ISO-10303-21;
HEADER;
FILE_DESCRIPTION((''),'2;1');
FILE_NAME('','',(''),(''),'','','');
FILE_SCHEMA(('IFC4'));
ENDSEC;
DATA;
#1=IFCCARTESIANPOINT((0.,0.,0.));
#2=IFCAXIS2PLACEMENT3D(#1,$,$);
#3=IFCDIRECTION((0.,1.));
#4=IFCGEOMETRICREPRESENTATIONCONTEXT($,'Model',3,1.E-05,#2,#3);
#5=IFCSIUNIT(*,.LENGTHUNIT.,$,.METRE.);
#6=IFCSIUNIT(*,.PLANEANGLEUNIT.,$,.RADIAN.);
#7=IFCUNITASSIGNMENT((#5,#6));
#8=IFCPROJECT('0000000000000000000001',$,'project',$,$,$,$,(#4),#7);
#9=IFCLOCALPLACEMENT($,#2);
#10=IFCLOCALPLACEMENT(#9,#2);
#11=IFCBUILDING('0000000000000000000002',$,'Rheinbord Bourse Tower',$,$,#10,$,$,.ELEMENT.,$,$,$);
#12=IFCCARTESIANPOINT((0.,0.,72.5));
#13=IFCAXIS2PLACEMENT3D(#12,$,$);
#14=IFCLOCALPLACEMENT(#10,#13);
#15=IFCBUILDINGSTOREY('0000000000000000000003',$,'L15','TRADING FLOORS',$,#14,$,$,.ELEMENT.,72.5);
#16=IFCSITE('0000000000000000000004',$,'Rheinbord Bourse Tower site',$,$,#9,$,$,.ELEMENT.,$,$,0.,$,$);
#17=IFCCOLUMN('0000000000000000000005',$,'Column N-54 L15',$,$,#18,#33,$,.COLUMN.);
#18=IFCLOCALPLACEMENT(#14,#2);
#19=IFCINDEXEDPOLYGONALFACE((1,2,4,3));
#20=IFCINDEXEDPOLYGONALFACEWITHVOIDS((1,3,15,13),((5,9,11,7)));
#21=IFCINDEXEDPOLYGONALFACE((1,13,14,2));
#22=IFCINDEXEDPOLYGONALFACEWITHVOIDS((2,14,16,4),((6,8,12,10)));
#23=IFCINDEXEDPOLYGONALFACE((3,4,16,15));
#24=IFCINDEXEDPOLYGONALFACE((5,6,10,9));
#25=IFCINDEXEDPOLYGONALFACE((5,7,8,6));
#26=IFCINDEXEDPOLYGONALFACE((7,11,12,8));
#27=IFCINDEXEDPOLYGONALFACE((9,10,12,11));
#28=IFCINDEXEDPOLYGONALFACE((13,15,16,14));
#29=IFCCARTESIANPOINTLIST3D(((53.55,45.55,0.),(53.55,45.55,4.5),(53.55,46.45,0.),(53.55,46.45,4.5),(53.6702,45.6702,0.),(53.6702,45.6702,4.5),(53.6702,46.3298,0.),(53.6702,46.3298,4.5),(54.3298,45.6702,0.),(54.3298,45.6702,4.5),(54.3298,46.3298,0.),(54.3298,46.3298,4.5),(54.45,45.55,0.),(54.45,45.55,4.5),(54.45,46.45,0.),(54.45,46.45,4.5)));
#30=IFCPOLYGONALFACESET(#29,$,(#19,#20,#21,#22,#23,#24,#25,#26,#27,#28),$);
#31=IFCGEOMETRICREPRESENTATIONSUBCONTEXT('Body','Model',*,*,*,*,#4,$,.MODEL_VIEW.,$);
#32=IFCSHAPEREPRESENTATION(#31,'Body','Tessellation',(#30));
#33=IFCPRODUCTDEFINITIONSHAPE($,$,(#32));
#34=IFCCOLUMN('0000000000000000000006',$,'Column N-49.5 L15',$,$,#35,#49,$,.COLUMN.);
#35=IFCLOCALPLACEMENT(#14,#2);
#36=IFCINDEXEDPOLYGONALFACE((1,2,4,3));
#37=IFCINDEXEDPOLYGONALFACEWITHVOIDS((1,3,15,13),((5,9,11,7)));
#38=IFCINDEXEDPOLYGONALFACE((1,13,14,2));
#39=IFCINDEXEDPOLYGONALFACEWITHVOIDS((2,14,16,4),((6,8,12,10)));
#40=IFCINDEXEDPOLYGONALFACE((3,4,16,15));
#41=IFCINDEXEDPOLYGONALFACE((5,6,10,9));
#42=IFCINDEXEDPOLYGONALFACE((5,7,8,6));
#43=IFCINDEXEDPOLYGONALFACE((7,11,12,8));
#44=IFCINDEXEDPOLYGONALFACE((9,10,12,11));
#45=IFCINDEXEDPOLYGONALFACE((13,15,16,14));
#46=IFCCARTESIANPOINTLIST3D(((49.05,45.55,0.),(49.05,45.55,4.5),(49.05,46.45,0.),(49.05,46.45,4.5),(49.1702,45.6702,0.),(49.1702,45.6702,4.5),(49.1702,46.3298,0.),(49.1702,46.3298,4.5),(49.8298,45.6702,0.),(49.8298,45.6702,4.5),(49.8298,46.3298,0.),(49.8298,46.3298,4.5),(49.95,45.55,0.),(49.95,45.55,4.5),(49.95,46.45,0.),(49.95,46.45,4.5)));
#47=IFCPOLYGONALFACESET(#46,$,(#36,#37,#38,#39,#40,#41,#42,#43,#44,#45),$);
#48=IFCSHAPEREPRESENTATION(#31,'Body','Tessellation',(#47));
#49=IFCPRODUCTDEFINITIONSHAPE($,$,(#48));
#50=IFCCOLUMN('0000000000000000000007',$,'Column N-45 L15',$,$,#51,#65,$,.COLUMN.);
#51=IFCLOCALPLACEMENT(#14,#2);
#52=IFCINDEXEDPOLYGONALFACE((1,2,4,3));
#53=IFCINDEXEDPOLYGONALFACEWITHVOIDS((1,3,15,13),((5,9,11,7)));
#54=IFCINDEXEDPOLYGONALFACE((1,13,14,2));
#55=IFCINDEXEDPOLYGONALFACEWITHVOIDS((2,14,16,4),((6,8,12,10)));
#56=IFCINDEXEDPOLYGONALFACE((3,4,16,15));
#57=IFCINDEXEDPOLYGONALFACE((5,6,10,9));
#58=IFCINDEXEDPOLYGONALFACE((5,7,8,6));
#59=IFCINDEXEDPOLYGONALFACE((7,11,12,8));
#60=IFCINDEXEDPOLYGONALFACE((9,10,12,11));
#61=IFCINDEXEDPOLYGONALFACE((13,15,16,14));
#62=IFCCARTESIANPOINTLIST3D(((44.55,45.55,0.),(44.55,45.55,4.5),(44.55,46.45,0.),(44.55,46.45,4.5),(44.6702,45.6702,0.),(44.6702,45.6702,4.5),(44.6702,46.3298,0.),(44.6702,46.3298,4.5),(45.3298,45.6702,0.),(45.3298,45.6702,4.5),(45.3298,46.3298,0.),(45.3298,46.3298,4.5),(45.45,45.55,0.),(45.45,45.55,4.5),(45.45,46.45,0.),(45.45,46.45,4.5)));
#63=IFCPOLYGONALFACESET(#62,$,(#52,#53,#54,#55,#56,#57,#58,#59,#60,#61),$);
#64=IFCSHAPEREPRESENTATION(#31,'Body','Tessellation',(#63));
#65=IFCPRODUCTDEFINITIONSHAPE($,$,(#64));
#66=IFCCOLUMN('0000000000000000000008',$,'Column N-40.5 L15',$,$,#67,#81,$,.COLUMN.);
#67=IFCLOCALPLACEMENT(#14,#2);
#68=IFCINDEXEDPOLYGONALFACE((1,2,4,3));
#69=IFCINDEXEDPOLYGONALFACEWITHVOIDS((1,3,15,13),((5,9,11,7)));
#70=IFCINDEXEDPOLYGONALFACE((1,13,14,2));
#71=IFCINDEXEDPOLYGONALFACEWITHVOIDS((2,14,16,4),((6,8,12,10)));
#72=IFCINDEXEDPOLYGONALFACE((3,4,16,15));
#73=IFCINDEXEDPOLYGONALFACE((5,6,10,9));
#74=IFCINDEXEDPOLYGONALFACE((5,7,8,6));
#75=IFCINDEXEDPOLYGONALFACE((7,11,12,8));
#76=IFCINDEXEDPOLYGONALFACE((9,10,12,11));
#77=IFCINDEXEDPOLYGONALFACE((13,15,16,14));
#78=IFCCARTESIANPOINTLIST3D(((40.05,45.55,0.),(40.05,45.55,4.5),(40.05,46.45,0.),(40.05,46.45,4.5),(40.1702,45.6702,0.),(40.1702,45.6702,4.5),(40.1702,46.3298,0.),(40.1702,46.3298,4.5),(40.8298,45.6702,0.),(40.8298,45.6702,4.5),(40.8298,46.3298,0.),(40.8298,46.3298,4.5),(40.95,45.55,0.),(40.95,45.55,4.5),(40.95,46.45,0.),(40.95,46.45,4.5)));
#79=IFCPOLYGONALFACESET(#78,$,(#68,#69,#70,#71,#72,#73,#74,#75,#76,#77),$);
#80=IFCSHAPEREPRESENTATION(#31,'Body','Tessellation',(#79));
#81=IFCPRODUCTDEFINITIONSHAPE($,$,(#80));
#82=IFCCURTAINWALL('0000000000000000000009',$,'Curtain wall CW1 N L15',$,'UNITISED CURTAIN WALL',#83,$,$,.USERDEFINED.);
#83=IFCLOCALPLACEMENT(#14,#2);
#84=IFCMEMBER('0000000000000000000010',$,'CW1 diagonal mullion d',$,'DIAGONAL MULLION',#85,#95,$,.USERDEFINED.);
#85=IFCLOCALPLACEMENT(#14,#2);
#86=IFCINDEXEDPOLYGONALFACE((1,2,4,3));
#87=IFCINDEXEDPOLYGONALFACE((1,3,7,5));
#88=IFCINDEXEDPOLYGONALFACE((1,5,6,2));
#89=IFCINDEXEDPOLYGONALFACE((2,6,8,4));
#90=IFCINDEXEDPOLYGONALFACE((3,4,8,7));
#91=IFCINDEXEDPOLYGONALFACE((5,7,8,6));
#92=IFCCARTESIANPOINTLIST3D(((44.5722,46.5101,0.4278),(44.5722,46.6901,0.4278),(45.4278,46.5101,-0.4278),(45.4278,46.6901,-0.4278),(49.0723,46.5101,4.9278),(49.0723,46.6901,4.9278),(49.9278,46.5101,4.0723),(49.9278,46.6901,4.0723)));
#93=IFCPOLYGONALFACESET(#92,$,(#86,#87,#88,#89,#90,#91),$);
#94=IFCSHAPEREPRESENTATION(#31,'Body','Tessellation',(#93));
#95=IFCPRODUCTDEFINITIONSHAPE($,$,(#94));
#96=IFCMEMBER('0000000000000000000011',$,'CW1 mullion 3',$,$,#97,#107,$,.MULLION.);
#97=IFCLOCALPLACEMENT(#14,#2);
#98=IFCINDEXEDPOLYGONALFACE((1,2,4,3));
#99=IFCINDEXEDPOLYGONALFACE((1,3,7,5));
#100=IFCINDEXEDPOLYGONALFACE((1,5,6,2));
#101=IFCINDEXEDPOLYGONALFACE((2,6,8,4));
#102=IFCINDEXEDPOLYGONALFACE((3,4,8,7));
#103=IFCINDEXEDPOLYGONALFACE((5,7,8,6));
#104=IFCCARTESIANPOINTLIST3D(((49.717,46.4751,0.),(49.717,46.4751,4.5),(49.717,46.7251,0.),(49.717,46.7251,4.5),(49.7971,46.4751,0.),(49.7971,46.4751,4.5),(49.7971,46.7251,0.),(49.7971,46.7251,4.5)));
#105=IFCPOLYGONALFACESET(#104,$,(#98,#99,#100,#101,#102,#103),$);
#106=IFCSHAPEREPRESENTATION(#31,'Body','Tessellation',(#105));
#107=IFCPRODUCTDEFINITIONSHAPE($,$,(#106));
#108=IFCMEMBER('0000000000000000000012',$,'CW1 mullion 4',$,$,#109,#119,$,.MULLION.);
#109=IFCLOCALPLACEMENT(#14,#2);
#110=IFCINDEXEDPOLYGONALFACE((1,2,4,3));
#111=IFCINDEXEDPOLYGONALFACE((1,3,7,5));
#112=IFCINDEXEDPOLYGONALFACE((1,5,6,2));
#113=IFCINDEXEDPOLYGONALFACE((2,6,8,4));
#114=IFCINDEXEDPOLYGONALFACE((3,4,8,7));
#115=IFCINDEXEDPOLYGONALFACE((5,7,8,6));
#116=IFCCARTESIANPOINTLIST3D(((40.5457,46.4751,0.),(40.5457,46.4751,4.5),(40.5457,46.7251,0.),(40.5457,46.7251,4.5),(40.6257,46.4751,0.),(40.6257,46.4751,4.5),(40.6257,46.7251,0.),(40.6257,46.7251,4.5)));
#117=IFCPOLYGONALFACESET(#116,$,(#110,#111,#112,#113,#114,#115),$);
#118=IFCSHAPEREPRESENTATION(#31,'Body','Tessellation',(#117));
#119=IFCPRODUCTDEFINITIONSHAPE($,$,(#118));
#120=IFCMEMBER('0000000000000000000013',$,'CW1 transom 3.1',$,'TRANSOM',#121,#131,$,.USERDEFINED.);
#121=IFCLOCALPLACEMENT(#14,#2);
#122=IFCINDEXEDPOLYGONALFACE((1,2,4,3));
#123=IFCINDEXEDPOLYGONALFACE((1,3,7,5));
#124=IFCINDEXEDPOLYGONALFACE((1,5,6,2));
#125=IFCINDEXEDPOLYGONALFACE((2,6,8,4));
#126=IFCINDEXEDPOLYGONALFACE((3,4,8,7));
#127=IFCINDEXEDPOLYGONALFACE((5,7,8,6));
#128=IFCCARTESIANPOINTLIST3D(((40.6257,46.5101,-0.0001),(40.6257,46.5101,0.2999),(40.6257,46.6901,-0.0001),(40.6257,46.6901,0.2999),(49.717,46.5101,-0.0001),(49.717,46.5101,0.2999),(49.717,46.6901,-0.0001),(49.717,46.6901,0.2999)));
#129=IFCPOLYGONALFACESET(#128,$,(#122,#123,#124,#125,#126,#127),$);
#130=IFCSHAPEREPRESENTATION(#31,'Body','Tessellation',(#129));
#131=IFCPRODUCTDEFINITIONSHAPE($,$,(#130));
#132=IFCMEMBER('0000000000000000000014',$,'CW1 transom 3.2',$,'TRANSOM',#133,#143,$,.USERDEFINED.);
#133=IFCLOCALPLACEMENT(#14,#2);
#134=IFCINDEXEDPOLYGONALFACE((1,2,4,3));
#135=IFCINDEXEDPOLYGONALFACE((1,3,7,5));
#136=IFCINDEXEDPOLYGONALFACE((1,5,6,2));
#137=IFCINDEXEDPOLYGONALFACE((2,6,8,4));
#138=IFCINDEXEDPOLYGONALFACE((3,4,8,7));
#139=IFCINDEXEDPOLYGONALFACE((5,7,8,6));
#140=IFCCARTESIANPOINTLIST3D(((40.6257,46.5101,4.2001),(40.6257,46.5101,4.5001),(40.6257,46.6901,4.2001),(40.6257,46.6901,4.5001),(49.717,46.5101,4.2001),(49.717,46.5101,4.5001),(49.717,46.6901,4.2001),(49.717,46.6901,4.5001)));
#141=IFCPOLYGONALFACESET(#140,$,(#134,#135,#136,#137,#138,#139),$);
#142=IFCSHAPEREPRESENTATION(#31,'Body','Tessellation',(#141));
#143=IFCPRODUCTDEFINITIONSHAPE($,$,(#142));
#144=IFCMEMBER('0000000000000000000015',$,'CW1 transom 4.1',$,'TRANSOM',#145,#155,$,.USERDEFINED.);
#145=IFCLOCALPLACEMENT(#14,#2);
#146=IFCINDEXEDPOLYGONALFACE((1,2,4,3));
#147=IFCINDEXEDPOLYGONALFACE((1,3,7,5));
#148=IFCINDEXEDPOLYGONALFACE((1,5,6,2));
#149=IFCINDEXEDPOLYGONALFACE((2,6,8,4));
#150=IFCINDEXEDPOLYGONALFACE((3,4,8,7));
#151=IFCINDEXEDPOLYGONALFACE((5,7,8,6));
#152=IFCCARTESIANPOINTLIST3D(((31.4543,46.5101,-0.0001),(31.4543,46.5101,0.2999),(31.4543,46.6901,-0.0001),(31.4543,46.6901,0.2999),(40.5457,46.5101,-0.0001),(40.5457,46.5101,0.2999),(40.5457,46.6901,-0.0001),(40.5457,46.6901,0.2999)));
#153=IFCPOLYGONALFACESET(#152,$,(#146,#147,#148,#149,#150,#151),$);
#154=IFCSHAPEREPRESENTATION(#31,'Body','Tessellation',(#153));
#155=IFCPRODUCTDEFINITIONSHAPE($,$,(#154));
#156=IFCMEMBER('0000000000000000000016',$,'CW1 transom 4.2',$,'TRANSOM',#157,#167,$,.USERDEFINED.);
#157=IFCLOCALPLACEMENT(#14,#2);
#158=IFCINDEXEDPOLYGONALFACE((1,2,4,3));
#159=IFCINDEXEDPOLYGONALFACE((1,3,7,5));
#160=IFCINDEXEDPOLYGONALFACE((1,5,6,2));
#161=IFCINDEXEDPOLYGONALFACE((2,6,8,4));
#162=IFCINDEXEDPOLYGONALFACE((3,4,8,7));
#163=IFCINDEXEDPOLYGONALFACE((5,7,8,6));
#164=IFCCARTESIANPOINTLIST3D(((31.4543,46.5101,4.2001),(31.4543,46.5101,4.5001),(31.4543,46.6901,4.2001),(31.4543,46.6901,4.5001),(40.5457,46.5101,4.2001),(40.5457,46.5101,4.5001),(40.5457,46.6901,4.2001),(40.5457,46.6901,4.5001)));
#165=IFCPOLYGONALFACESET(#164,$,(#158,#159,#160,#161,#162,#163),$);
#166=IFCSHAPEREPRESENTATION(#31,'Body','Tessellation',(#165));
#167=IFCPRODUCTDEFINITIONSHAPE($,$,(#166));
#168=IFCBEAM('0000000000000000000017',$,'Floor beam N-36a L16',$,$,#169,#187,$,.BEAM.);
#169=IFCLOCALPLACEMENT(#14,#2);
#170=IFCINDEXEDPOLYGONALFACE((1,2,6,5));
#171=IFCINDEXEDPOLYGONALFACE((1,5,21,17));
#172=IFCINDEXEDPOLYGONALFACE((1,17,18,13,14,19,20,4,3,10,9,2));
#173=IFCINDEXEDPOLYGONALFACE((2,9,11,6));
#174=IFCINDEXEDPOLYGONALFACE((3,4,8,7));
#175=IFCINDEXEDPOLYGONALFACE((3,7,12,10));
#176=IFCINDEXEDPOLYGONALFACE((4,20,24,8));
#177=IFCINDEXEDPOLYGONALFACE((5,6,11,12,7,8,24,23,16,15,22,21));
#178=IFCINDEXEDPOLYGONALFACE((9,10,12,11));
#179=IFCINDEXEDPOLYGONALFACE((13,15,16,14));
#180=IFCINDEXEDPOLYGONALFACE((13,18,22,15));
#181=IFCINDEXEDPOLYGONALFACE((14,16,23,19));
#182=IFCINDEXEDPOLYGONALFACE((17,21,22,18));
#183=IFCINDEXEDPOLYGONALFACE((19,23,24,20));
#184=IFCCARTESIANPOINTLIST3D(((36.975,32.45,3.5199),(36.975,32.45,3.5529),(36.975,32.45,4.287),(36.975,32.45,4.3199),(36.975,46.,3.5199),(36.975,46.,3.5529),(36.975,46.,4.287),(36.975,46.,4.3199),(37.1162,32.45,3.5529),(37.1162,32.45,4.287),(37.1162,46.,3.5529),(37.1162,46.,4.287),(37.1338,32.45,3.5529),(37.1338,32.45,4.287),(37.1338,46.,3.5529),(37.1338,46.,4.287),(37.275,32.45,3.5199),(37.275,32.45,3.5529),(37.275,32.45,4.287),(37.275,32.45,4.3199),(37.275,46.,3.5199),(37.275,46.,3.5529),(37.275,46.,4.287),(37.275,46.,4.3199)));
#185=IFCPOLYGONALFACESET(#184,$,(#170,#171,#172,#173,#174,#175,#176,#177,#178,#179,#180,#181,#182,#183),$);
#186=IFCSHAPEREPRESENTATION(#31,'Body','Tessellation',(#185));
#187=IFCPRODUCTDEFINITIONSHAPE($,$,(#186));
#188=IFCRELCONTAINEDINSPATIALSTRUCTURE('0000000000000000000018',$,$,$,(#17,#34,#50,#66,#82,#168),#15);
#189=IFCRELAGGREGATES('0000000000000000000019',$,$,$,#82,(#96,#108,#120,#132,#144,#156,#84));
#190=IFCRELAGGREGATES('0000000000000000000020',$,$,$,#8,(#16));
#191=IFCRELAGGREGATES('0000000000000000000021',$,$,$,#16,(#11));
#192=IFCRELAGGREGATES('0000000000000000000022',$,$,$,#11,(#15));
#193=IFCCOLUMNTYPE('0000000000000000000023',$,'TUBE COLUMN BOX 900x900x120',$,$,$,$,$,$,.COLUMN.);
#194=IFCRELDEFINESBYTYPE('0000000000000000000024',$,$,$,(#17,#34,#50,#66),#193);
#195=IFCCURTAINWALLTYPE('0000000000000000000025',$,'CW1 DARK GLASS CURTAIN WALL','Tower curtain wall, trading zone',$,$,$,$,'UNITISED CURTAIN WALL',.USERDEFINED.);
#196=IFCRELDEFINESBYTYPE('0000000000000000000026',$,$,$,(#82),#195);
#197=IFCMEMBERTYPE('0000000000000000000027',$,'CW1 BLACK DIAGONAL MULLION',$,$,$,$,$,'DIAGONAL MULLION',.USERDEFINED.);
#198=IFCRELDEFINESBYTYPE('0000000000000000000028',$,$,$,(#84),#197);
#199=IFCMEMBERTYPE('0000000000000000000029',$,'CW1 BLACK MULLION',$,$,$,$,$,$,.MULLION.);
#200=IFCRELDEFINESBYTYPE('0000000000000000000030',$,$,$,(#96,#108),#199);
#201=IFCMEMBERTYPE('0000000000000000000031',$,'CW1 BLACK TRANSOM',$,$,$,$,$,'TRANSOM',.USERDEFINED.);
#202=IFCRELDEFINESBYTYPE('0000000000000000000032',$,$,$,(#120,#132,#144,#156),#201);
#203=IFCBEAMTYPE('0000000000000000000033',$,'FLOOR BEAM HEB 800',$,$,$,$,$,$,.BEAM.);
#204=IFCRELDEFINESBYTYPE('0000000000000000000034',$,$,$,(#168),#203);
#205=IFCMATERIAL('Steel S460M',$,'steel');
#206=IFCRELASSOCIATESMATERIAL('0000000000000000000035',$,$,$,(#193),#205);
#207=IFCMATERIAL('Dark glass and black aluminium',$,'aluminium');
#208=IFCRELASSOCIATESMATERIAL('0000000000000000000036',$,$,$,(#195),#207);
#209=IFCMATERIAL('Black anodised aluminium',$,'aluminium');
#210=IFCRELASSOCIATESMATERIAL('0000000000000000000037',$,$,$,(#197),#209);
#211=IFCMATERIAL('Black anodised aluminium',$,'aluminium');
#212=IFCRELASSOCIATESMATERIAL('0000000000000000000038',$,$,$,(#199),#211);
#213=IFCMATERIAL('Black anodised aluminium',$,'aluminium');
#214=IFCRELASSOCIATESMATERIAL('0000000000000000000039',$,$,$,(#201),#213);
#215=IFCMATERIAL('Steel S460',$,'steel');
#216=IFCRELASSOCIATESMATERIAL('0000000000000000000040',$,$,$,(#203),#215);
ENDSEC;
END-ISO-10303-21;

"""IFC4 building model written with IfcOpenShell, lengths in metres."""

from ifc_helpers import new_model, si_unit, direction, frame, origin, origin_2d, place, context, subcontext, project, spatial, rectangle, hollow_rectangle, i_section, extrude, material, material_profile, profile_set, type_object, element, aggregate, save


model = new_model("IFC4")

# Units and contexts
model_context = context("Model", 3, precision=1e-05, world=origin(), true_north=direction((0.0, 1.0)))
body_context = subcontext(model_context, "Body", "Model", "MODEL_VIEW")
ifc_project = project(units=[si_unit("LENGTHUNIT", "METRE"), si_unit("PLANEANGLEUNIT", "RADIAN")], contexts=[model_context])

# Site, building, storey
site_placement = place(None, origin())
site = spatial("IfcSite", under=ifc_project, at=site_placement, Name="Rheinbord Bourse Tower site", CompositionType="ELEMENT", RefElevation=0.0)
building_placement = place(site_placement, origin())
building = spatial("IfcBuilding", under=site, at=building_placement, Name="Rheinbord Bourse Tower", CompositionType="ELEMENT")
storey_placement = place(building_placement, frame((0.0, 0.0, 72.5)))
storey = spatial("IfcBuildingStorey", under=building, at=storey_placement, Name="L15", Description="TRADING FLOORS", CompositionType="ELEMENT", Elevation=72.5)

# Columns
ifc_material_1 = material(Name="Steel S460M", Category="steel")
ifc_material_profile_1 = material_profile(ifc_material_1, hollow_rectangle(XDim=0.8999, YDim=0.8999, WallThickness=0.1201, at=origin_2d()), Name="BOX 900x900x120")
ifc_profile_set_1 = profile_set([ifc_material_profile_1], Name="Steel S460M")
column_type = type_object("IfcColumnType", Name="TUBE COLUMN BOX 900x900x120", PredefinedType="COLUMN", material=ifc_profile_set_1)
for number, where, z_axis, x_axis, name in (
    (1, (54.0, 46.0, 0.0), (0.0, 0.0, 1.0), (0.0, 1.0, 0.0), "Column N-54 L15"),
    (2, (49.5, 46.0, 0.0), (0.0, 0.0, 1.0), (0.0, 1.0, 0.0), "Column N-49.5 L15"),
    (3, (45.0, 46.0, 0.0), (0.0, 0.0, 1.0), (0.0, 1.0, 0.0), "Column N-45 L15"),
    (4, (40.5, 46.0, 0.0), (0.0, 0.0, 1.0), (0.0, 1.0, 0.0), "Column N-40.5 L15"),
):
    element("IfcColumn", number, at=place(storey_placement, frame(where, z_axis=z_axis, x_axis=x_axis)), inside=storey, type_object=column_type, Name=name, PredefinedType="COLUMN", context=body_context, shape_type="SweptSolid", body=[
        extrude(hollow_rectangle(XDim=0.8999, YDim=0.8999, WallThickness=0.1201, at=origin_2d()), origin(), (0.0, 0.0, 1.0), 4.5),
    ])

# Curtain wall, members
ifc_material_2 = material(Name="Dark glass and black aluminium", Category="aluminium")
curtain_wall_type = type_object("IfcCurtainWallType", Name="CW1 DARK GLASS CURTAIN WALL", Description="Tower curtain wall, trading zone", ElementType="UNITISED CURTAIN WALL", PredefinedType="USERDEFINED", material=ifc_material_2)
curtain_wall_placement = place(storey_placement, origin())
curtain_wall = element("IfcCurtainWall", 5, at=curtain_wall_placement, inside=storey, type_object=curtain_wall_type, Name="Curtain wall CW1 N L15", ObjectType="UNITISED CURTAIN WALL", PredefinedType="USERDEFINED")
ifc_material_3 = material(Name="Black anodised aluminium", Category="aluminium")
ifc_material_profile_2 = material_profile(ifc_material_3, rectangle(XDim=0.1799, YDim=1.21, at=origin_2d()), Name="CW1 DIAGONAL MULLION 1210x180")
ifc_profile_set_2 = profile_set([ifc_material_profile_2], Name="Black anodised aluminium")
member_type_1 = type_object("IfcMemberType", Name="CW1 BLACK DIAGONAL MULLION", ElementType="DIAGONAL MULLION", PredefinedType="USERDEFINED", material=ifc_profile_set_2)
member_1_placement = place(storey_placement, frame((45.0, 46.6001, 0.0), z_axis=(0.707107, 0.0, 0.707107), x_axis=(0.0, 1.0, 0.0)))
member_1 = element("IfcMember", 6, at=member_1_placement, type_object=member_type_1, Name="CW1 diagonal mullion d", ObjectType="DIAGONAL MULLION", PredefinedType="USERDEFINED", context=body_context, shape_type="SweptSolid", body=[
    extrude(rectangle(XDim=0.1799, YDim=1.21, at=origin_2d()), origin(), (0.0, 0.0, 1.0), 6.364),
])
ifc_material_4 = material(Name="Black anodised aluminium", Category="aluminium")
ifc_material_profile_3 = material_profile(ifc_material_4, rectangle(XDim=0.25, YDim=0.0801, at=origin_2d()), Name="CW1 MULLION 80x250")
ifc_profile_set_3 = profile_set([ifc_material_profile_3], Name="Black anodised aluminium")
member_type_2 = type_object("IfcMemberType", Name="CW1 BLACK MULLION", PredefinedType="MULLION", material=ifc_profile_set_3)
member_2_placement = place(storey_placement, frame((49.7571, 46.6001, 0.0), z_axis=(0.0, 0.0, 1.0), x_axis=(0.0, -1.0, 0.0)))
member_2 = element("IfcMember", 7, at=member_2_placement, type_object=member_type_2, Name="CW1 mullion 3", PredefinedType="MULLION", context=body_context, shape_type="SweptSolid", body=[
    extrude(rectangle(XDim=0.25, YDim=0.0801, at=origin_2d()), origin(), (0.0, 0.0, 1.0), 4.5),
])
member_3_placement = place(storey_placement, frame((40.5857, 46.6001, 0.0), z_axis=(0.0, 0.0, 1.0), x_axis=(0.0, -1.0, 0.0)))
member_3 = element("IfcMember", 8, at=member_3_placement, type_object=member_type_2, Name="CW1 mullion 4", PredefinedType="MULLION", context=body_context, shape_type="SweptSolid", body=[
    extrude(rectangle(XDim=0.25, YDim=0.0801, at=origin_2d()), origin(), (0.0, 0.0, 1.0), 4.5),
])
ifc_material_5 = material(Name="Black anodised aluminium", Category="aluminium")
ifc_material_profile_4 = material_profile(ifc_material_5, rectangle(XDim=0.1799, YDim=0.3, at=origin_2d()), Name="CW1 TRANSOM 300x180")
ifc_profile_set_4 = profile_set([ifc_material_profile_4], Name="Black anodised aluminium")
member_type_3 = type_object("IfcMemberType", Name="CW1 BLACK TRANSOM", ElementType="TRANSOM", PredefinedType="USERDEFINED", material=ifc_profile_set_4)
member_4_placement = place(storey_placement, frame((49.717, 46.6001, 0.1499), z_axis=(-1.0, 0.0, 0.0), x_axis=(0.0, -1.0, 0.0)))
member_4 = element("IfcMember", 9, at=member_4_placement, type_object=member_type_3, Name="CW1 transom 3.1", ObjectType="TRANSOM", PredefinedType="USERDEFINED", context=body_context, shape_type="SweptSolid", body=[
    extrude(rectangle(XDim=0.1799, YDim=0.3, at=origin_2d()), origin(), (0.0, 0.0, 1.0), 9.0913),
])
member_5_placement = place(storey_placement, frame((49.717, 46.6001, 4.3501), z_axis=(-1.0, 0.0, 0.0), x_axis=(0.0, -1.0, 0.0)))
member_5 = element("IfcMember", 10, at=member_5_placement, type_object=member_type_3, Name="CW1 transom 3.2", ObjectType="TRANSOM", PredefinedType="USERDEFINED", context=body_context, shape_type="SweptSolid", body=[
    extrude(rectangle(XDim=0.1799, YDim=0.3, at=origin_2d()), origin(), (0.0, 0.0, 1.0), 9.0913),
])
member_6_placement = place(storey_placement, frame((40.5457, 46.6001, 0.1499), z_axis=(-1.0, 0.0, 0.0), x_axis=(0.0, -1.0, 0.0)))
member_6 = element("IfcMember", 11, at=member_6_placement, type_object=member_type_3, Name="CW1 transom 4.1", ObjectType="TRANSOM", PredefinedType="USERDEFINED", context=body_context, shape_type="SweptSolid", body=[
    extrude(rectangle(XDim=0.1799, YDim=0.3, at=origin_2d()), origin(), (0.0, 0.0, 1.0), 9.0913),
])
member_7_placement = place(storey_placement, frame((40.5457, 46.6001, 4.3501), z_axis=(-1.0, 0.0, 0.0), x_axis=(0.0, -1.0, 0.0)))
member_7 = element("IfcMember", 12, at=member_7_placement, type_object=member_type_3, Name="CW1 transom 4.2", ObjectType="TRANSOM", PredefinedType="USERDEFINED", context=body_context, shape_type="SweptSolid", body=[
    extrude(rectangle(XDim=0.1799, YDim=0.3, at=origin_2d()), origin(), (0.0, 0.0, 1.0), 9.0913),
])

# Beam
ifc_material_6 = material(Name="Steel S460", Category="steel")
ifc_material_profile_5 = material_profile(ifc_material_6, i_section(OverallWidth=0.3, OverallDepth=0.8, WebThickness=0.0176, FlangeThickness=0.033, at=origin_2d()), Name="HEB 800")
ifc_profile_set_5 = profile_set([ifc_material_profile_5], Name="Steel S460")
beam_type_1 = type_object("IfcBeamType", Name="FLOOR BEAM HEB 800", PredefinedType="BEAM", material=ifc_profile_set_5)
for number, where, z_axis, x_axis, name in (
    (13, (37.125, 46.0, 3.9199), (0.0, -1.0, 0.0), (1.0, 0.0, 0.0), "Floor beam N-36a L16"),
):
    element("IfcBeam", number, at=place(storey_placement, frame(where, z_axis=z_axis, x_axis=x_axis)), inside=storey, type_object=beam_type_1, Name=name, PredefinedType="BEAM", context=body_context, shape_type="SweptSolid", body=[
        extrude(i_section(OverallWidth=0.3, OverallDepth=0.8, WebThickness=0.0176, FlangeThickness=0.033, at=origin_2d()), origin(), (0.0, 0.0, 1.0), 13.55),
    ])

aggregate(curtain_wall, [member_2, member_3, member_4, member_5, member_6, member_7, member_1])

save(model, "model.ifc")
